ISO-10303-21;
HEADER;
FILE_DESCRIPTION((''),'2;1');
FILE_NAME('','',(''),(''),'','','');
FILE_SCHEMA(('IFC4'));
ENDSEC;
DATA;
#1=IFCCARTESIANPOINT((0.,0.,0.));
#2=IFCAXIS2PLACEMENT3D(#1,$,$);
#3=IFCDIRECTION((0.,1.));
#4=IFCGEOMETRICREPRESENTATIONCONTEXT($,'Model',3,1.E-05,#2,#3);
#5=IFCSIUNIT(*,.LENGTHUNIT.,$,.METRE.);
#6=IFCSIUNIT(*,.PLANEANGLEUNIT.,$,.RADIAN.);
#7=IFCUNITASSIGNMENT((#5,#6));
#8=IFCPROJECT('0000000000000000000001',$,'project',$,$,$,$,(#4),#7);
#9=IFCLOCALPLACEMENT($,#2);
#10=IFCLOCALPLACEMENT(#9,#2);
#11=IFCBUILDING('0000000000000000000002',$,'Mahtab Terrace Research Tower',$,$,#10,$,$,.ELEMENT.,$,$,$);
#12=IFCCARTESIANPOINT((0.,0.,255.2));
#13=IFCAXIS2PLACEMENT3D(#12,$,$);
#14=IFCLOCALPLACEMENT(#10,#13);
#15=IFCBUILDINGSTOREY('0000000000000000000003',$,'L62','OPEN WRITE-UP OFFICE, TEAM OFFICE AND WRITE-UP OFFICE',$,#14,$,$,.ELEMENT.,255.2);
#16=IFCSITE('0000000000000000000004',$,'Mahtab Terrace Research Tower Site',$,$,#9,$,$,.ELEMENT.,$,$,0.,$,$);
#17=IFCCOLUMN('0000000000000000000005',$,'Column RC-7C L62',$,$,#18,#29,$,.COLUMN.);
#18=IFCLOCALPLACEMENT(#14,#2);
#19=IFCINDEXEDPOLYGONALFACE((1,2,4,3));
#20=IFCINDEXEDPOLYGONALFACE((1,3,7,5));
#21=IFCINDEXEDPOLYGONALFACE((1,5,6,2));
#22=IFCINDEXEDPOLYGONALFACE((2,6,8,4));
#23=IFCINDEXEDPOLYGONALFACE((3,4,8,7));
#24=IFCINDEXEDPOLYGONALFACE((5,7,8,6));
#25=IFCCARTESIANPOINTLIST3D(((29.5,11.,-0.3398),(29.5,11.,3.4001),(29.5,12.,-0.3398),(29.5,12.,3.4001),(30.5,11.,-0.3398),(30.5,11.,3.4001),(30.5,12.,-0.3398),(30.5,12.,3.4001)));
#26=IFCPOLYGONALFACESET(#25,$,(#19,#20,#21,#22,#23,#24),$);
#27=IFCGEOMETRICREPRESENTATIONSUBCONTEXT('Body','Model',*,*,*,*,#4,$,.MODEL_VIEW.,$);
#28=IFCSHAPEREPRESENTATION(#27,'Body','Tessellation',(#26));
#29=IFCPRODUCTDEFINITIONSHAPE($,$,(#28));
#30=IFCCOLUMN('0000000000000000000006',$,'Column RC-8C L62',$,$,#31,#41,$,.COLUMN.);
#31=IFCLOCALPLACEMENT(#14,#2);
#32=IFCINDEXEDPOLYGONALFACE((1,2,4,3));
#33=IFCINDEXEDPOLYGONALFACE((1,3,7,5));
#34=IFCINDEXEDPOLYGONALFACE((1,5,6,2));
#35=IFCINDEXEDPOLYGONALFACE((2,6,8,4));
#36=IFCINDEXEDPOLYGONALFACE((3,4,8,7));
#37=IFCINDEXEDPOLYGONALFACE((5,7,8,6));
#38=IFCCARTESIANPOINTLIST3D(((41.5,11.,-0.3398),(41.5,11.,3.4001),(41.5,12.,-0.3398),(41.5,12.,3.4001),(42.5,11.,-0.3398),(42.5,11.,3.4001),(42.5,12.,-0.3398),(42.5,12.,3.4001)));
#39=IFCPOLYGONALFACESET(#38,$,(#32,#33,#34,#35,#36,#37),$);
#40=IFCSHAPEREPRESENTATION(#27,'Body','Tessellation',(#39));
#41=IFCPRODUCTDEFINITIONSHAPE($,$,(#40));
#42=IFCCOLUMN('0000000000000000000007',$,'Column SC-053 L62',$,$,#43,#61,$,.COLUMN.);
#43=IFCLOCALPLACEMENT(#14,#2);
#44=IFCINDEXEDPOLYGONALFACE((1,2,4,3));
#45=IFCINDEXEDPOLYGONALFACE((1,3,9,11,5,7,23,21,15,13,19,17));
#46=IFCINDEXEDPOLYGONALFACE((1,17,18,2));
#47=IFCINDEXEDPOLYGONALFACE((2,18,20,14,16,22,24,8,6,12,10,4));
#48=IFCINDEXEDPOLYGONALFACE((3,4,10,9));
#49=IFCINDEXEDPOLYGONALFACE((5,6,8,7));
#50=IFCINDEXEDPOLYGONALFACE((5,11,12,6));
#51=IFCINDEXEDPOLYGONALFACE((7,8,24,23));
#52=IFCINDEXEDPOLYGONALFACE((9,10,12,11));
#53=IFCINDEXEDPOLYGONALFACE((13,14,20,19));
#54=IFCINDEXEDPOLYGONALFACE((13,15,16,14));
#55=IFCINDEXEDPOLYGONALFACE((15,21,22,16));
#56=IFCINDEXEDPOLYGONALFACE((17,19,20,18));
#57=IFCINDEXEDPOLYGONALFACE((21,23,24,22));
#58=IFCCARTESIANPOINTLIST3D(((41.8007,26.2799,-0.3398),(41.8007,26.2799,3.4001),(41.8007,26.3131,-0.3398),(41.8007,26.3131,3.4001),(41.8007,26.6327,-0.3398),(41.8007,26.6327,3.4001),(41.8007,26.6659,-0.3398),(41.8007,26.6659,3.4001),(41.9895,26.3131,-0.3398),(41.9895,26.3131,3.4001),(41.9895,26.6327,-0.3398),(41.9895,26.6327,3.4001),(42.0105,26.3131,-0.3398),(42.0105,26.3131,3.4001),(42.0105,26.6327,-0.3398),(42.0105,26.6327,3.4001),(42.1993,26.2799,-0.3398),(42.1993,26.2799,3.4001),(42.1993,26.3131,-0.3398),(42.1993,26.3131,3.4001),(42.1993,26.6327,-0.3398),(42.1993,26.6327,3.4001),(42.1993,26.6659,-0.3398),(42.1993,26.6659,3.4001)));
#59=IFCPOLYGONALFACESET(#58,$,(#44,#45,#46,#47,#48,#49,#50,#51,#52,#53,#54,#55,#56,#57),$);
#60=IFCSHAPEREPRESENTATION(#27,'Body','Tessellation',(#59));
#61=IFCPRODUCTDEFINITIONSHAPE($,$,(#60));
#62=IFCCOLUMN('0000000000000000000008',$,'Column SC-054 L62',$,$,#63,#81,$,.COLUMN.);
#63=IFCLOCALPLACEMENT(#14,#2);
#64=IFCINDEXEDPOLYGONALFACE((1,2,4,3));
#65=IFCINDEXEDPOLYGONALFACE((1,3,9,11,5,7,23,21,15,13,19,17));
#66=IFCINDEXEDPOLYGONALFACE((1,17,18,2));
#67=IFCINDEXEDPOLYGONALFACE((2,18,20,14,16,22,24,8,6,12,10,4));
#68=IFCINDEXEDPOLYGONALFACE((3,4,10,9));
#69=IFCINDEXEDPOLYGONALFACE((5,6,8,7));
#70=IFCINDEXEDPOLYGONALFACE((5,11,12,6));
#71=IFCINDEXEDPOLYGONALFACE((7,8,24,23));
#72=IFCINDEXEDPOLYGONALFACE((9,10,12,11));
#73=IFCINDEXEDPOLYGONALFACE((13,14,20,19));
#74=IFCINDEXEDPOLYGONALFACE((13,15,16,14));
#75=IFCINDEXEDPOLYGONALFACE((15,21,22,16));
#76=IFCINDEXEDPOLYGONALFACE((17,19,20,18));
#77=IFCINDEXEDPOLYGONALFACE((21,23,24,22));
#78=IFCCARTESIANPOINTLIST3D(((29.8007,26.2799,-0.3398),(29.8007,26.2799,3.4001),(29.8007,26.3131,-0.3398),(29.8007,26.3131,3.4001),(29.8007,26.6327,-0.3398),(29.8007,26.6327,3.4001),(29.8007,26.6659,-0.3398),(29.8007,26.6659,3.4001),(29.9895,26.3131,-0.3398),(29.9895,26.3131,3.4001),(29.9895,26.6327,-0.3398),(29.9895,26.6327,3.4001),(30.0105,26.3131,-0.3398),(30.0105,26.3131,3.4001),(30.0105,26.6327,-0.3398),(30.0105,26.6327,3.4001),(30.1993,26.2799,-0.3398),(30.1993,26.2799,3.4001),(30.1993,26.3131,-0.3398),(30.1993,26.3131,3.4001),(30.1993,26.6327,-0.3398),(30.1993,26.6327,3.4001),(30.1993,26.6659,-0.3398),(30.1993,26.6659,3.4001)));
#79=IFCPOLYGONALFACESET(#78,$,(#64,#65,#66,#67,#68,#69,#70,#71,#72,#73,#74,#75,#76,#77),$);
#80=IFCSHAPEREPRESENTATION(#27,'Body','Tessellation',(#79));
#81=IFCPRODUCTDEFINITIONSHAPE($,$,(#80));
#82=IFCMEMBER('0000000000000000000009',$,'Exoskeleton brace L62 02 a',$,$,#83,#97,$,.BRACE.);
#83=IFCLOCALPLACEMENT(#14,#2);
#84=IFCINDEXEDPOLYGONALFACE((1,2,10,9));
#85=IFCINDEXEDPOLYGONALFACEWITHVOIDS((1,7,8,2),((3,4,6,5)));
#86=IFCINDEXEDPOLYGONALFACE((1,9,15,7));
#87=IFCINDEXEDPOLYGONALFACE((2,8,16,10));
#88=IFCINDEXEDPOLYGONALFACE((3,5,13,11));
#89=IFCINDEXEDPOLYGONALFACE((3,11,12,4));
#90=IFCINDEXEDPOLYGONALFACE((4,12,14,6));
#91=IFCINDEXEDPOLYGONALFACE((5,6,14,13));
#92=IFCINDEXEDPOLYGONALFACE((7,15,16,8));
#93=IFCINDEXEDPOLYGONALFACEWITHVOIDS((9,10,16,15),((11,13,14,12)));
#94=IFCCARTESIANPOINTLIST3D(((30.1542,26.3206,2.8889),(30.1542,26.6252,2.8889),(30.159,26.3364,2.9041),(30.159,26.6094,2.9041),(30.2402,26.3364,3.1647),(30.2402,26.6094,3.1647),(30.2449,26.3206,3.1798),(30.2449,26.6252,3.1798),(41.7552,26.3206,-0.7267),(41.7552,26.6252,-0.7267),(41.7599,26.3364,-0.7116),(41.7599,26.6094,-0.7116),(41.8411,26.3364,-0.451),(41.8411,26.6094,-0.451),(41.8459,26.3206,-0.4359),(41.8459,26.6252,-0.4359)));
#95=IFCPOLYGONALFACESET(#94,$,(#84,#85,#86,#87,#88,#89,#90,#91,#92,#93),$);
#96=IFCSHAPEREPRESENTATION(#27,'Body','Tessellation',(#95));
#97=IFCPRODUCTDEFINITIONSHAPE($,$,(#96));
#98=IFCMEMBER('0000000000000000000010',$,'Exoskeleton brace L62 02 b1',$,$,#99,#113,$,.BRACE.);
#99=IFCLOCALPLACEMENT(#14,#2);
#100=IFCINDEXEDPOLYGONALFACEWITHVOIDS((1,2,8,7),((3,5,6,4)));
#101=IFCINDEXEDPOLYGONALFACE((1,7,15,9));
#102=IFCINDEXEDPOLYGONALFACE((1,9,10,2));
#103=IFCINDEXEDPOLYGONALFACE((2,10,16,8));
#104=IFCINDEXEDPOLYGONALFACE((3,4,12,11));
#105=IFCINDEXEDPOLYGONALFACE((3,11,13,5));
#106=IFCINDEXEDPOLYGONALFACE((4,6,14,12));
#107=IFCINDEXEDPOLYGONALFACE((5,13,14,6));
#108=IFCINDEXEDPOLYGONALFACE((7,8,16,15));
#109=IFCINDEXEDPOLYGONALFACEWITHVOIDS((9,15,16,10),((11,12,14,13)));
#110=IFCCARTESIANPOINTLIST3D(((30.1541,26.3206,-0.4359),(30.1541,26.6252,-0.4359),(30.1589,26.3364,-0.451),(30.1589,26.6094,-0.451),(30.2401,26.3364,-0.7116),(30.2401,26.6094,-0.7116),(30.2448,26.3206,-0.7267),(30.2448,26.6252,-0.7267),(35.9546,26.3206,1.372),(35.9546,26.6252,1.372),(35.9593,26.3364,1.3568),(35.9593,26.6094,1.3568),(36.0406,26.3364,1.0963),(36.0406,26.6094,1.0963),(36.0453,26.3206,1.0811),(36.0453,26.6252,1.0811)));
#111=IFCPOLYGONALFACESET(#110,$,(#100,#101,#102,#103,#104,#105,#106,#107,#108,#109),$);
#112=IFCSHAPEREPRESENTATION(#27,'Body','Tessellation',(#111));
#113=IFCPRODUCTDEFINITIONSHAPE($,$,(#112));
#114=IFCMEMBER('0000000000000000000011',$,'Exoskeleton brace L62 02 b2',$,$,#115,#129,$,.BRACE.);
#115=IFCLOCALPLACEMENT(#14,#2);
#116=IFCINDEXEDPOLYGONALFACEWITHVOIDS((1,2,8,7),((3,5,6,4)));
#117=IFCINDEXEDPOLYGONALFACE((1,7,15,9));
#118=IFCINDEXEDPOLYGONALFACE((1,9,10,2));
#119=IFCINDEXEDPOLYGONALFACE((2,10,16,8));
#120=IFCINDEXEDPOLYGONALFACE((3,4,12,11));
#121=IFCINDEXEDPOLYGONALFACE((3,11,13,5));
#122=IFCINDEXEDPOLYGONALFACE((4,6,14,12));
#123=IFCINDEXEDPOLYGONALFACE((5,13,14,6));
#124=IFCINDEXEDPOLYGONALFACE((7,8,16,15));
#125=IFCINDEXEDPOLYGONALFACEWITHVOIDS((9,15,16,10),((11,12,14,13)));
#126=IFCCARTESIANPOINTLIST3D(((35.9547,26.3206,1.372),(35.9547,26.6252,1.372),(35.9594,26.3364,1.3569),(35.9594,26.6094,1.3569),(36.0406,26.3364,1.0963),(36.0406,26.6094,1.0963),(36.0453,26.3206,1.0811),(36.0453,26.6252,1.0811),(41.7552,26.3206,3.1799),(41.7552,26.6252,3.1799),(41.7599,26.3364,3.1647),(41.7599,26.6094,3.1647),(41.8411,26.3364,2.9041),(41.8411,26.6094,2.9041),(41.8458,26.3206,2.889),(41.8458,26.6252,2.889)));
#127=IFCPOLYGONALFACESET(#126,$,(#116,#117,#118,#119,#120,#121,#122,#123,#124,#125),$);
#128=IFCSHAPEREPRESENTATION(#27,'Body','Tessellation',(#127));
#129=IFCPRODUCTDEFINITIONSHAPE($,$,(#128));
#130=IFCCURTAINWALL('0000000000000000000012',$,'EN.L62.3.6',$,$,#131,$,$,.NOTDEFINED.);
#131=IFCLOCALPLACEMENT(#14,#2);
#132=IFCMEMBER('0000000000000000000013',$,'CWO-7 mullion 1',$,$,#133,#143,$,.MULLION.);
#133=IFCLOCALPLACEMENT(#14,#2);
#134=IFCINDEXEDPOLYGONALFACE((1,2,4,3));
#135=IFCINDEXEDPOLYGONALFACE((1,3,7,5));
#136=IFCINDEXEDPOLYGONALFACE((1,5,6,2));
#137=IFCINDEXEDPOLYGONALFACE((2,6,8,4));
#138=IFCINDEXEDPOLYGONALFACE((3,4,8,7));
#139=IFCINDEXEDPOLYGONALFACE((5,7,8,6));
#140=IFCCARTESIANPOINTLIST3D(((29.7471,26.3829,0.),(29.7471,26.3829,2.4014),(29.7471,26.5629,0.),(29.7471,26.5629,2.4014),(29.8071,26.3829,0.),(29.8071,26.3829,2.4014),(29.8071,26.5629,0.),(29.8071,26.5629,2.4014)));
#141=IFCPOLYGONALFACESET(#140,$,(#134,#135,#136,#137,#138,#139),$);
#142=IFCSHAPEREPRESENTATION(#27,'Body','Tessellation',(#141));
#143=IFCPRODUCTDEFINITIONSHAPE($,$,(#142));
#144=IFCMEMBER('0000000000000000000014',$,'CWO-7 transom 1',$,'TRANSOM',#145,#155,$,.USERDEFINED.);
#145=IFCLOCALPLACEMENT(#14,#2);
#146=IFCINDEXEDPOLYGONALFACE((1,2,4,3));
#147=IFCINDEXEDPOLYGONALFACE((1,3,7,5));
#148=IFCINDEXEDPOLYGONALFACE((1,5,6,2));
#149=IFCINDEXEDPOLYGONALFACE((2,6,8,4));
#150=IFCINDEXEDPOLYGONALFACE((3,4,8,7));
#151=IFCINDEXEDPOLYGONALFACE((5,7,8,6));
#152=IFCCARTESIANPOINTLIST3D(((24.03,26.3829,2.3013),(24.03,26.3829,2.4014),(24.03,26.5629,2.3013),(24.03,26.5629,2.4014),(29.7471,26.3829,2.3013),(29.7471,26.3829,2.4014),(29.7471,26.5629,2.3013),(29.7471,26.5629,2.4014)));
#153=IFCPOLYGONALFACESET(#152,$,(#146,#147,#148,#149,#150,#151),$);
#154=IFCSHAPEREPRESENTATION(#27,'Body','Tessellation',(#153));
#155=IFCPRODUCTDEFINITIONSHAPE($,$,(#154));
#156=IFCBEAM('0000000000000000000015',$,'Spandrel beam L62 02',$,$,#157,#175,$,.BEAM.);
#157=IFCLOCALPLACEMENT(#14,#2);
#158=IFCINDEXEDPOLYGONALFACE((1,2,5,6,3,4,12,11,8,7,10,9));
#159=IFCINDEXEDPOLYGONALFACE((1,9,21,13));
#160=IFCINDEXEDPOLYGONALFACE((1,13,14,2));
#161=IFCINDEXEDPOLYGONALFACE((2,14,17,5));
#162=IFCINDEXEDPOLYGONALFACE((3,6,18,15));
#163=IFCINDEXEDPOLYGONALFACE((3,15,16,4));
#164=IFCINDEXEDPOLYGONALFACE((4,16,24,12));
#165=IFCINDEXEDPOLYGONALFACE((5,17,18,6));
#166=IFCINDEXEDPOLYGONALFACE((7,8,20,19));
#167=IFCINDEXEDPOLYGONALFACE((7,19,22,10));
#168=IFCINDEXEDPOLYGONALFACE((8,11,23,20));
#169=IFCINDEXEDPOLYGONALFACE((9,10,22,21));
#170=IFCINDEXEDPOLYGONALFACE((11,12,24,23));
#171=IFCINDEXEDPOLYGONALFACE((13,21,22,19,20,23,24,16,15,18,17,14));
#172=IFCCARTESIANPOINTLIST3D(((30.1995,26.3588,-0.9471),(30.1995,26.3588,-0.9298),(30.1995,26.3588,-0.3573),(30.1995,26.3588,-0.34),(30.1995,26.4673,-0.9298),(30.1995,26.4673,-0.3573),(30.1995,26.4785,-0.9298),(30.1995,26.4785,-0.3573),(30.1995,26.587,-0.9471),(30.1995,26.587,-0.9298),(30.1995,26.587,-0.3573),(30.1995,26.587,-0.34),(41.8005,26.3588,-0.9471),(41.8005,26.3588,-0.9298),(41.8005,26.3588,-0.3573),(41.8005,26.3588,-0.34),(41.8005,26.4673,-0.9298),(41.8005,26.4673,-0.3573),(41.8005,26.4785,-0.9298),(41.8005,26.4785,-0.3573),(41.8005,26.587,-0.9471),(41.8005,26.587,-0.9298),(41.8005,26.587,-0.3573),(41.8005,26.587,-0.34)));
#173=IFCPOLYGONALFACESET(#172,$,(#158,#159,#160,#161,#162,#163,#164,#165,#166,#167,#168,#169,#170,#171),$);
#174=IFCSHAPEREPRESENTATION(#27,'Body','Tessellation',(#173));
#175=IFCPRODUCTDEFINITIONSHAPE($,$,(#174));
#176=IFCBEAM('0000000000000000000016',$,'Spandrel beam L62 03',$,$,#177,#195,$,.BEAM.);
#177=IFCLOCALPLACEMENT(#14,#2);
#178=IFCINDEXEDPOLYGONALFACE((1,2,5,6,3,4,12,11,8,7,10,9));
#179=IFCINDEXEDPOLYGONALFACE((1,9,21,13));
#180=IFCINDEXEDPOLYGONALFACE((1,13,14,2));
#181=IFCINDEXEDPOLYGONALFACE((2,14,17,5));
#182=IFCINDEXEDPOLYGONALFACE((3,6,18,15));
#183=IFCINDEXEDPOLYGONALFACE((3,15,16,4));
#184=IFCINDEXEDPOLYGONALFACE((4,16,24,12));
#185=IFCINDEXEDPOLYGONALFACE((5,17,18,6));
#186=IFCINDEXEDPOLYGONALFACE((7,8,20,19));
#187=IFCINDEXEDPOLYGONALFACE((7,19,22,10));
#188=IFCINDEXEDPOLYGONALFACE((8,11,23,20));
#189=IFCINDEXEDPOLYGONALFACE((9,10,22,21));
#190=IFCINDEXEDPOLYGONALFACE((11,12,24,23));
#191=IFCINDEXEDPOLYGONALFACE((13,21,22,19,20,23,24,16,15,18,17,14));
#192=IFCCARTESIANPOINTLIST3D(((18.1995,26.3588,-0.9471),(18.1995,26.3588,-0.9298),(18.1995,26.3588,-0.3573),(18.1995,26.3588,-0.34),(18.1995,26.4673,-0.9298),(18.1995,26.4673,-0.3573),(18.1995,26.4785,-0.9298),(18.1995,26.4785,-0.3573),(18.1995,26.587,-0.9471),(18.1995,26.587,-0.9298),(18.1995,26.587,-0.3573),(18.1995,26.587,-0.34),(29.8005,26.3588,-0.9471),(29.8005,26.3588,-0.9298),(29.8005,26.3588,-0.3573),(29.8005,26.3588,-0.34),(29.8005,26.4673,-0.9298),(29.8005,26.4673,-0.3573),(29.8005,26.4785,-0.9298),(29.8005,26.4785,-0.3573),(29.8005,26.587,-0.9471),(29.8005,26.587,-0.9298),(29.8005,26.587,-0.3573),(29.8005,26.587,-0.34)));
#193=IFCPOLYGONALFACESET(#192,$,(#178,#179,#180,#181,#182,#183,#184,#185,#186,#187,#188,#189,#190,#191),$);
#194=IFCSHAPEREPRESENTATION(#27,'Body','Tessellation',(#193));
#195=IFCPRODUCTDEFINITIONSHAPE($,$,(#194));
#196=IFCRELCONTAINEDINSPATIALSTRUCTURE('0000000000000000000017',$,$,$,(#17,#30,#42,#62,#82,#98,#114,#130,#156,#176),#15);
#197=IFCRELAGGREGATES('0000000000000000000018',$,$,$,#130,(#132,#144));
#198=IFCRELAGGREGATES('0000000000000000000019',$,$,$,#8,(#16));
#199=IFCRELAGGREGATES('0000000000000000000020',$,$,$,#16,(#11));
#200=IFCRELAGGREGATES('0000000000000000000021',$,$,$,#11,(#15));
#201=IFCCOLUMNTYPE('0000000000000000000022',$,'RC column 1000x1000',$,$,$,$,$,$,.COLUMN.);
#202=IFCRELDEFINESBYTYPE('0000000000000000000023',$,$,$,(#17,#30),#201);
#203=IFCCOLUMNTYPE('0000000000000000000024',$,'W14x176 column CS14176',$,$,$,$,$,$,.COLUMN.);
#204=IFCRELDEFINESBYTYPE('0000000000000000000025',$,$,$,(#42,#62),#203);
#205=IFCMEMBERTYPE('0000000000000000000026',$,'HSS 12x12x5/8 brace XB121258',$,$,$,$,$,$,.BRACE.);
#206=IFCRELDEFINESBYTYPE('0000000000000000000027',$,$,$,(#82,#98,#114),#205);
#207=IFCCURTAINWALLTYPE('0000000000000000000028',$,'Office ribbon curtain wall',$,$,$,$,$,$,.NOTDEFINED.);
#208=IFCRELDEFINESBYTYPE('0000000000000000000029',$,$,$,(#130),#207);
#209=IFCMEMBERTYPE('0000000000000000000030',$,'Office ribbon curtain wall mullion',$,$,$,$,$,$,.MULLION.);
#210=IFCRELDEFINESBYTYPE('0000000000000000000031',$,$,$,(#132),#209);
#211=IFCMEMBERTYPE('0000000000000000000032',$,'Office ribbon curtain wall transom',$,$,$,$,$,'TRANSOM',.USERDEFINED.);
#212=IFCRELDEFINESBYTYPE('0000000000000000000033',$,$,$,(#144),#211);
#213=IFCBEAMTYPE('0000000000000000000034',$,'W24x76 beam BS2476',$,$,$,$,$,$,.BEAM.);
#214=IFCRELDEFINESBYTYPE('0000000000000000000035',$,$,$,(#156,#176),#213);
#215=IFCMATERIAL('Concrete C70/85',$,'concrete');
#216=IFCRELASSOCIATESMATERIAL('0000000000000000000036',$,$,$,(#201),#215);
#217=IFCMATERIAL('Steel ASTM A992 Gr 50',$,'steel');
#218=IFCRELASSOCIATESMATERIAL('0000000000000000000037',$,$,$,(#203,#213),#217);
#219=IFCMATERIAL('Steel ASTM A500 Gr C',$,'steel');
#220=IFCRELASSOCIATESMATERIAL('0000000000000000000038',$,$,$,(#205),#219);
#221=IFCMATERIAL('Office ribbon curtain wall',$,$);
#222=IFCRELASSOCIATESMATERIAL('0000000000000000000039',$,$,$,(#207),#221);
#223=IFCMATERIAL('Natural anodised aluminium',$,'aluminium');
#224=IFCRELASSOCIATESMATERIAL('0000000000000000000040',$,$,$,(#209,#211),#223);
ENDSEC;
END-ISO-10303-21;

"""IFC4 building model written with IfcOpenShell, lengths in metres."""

from ifc_helpers import new_model, si_unit, direction, frame, origin, origin_2d, place, context, subcontext, project, spatial, rectangle, hollow_rectangle, i_section, extrude, material, material_profile, profile_set, type_object, element, aggregate, save


model = new_model("IFC4")

# Units and contexts
model_context = context("Model", 3, precision=1e-05, world=origin(), true_north=direction((0.0, 1.0)))
body_context = subcontext(model_context, "Body", "Model", "MODEL_VIEW")
ifc_project = project(units=[si_unit("LENGTHUNIT", "METRE"), si_unit("PLANEANGLEUNIT", "RADIAN")], contexts=[model_context])

# Site, building, storey
site_placement = place(None, origin())
site = spatial("IfcSite", under=ifc_project, at=site_placement, Name="Mahtab Terrace Research Tower Site", CompositionType="ELEMENT", RefElevation=0.0)
building_placement = place(site_placement, origin())
building = spatial("IfcBuilding", under=site, at=building_placement, Name="Mahtab Terrace Research Tower", CompositionType="ELEMENT")
storey_placement = place(building_placement, frame((0.0, 0.0, 255.2)))
storey = spatial("IfcBuildingStorey", under=building, at=storey_placement, Name="L62", Description="OPEN WRITE-UP OFFICE, TEAM OFFICE AND WRITE-UP OFFICE", CompositionType="ELEMENT", Elevation=255.2)

# Columns
ifc_material_1 = material(Name="Concrete C70/85", Category="concrete")
ifc_material_profile_1 = material_profile(ifc_material_1, rectangle(XDim=1.0, YDim=1.0, at=origin_2d()), Name="RC column 1000x1000")
ifc_profile_set_1 = profile_set([ifc_material_profile_1], Name="Concrete C70/85")
column_type_1 = type_object("IfcColumnType", Name="RC column 1000x1000", PredefinedType="COLUMN", material=ifc_profile_set_1)
for number, where, z_axis, x_axis, name in (
    (1, (30.0, 11.5, -0.3398), (0.0, 0.0, 1.0), (1.0, 0.0, 0.0), "Column RC-7C L62"),
    (2, (42.0, 11.5, -0.3398), (0.0, 0.0, 1.0), (1.0, 0.0, 0.0), "Column RC-8C L62"),
):
    element("IfcColumn", number, at=place(storey_placement, frame(where, z_axis=z_axis, x_axis=x_axis)), inside=storey, type_object=column_type_1, Name=name, PredefinedType="COLUMN", context=body_context, shape_type="SweptSolid", body=[
        extrude(rectangle(XDim=1.0, YDim=1.0, at=origin_2d()), origin(), (0.0, 0.0, 1.0), 3.74),
    ])
ifc_material_2 = material(Name="Steel ASTM A992 Gr 50", Category="steel")
ifc_material_profile_2 = material_profile(ifc_material_2, i_section(OverallWidth=0.3987, OverallDepth=0.386, WebThickness=0.021, FlangeThickness=0.0332, at=origin_2d()), Name="W14X176")
ifc_profile_set_2 = profile_set([ifc_material_profile_2], Name="Steel ASTM A992 Gr 50")
column_type_2 = type_object("IfcColumnType", Name="W14x176 column CS14176", PredefinedType="COLUMN", material=ifc_profile_set_2)
for number, where, z_axis, x_axis, name in (
    (3, (42.0, 26.4729, -0.3398), (0.0, 0.0, 1.0), (1.0, 0.0, 0.0), "Column SC-053 L62"),
    (4, (30.0, 26.4729, -0.3398), (0.0, 0.0, 1.0), (1.0, 0.0, 0.0), "Column SC-054 L62"),
):
    element("IfcColumn", number, at=place(storey_placement, frame(where, z_axis=z_axis, x_axis=x_axis)), inside=storey, type_object=column_type_2, Name=name, PredefinedType="COLUMN", context=body_context, shape_type="SweptSolid", body=[
        extrude(i_section(OverallWidth=0.3987, OverallDepth=0.386, WebThickness=0.021, FlangeThickness=0.0332, at=origin_2d()), origin(), (0.0, 0.0, 1.0), 3.74),
    ])

# Members
ifc_material_3 = material(Name="Steel ASTM A500 Gr C", Category="steel")
ifc_material_profile_3 = material_profile(ifc_material_3, hollow_rectangle(XDim=0.3047, YDim=0.3047, WallThickness=0.0159, at=origin_2d()), Name="HSS12X12X5/8")
ifc_profile_set_3 = profile_set([ifc_material_profile_3], Name="Steel ASTM A500 Gr C")
member_type_1 = type_object("IfcMemberType", Name="HSS 12x12x5/8 brace XB121258", PredefinedType="BRACE", material=ifc_profile_set_3)
member_1_placement = place(storey_placement, frame((41.8005, 26.4729, -0.5813), z_axis=(-0.954705, 0.0, 0.297554), x_axis=(0.0, -1.0, 0.0)))
element("IfcMember", 5, at=member_1_placement, inside=storey, type_object=member_type_1, Name="Exoskeleton brace L62 02 a", PredefinedType="BRACE", context=body_context, shape_type="SweptSolid", body=[
    extrude(hollow_rectangle(XDim=0.3047, YDim=0.3047, WallThickness=0.0159, at=origin_2d()), origin(), (0.0, 0.0, 1.0), 12.1514),
])
for number, where, z_axis, x_axis, name in (
    (6, (30.1995, 26.4729, -0.5813), (0.954705, 0.0, 0.297554), (0.0, 1.0, 0.0), "Exoskeleton brace L62 02 b1"),
    (7, (36.0, 26.4729, 1.2266), (0.954705, 0.0, 0.297554), (0.0, 1.0, 0.0), "Exoskeleton brace L62 02 b2"),
):
    element("IfcMember", number, at=place(storey_placement, frame(where, z_axis=z_axis, x_axis=x_axis)), inside=storey, type_object=member_type_1, Name=name, PredefinedType="BRACE", context=body_context, shape_type="SweptSolid", body=[
        extrude(hollow_rectangle(XDim=0.3047, YDim=0.3047, WallThickness=0.0159, at=origin_2d()), origin(), (0.0, 0.0, 1.0), 6.0757),
    ])

# Curtain wall, members
ifc_material_4 = material(Name="Office ribbon curtain wall")
curtain_wall_type = type_object("IfcCurtainWallType", Name="Office ribbon curtain wall", PredefinedType="NOTDEFINED", material=ifc_material_4)
curtain_wall_placement = place(storey_placement, origin())
curtain_wall = element("IfcCurtainWall", 8, at=curtain_wall_placement, inside=storey, type_object=curtain_wall_type, Name="EN.L62.3.6", PredefinedType="NOTDEFINED")
ifc_material_5 = material(Name="Natural anodised aluminium", Category="aluminium")
ifc_material_profile_4 = material_profile(ifc_material_5, rectangle(XDim=0.1799, YDim=0.0601, at=origin_2d()), Name="MULLION 60x180")
ifc_profile_set_4 = profile_set([ifc_material_profile_4], Name="Natural anodised aluminium")
member_type_2 = type_object("IfcMemberType", Name="Office ribbon curtain wall mullion", PredefinedType="MULLION", material=ifc_profile_set_4)
member_2_placement = place(storey_placement, frame((29.7771, 26.4729, 0.0), z_axis=(0.0, 0.0, 1.0), x_axis=(0.0, -1.0, 0.0)))
member_2 = element("IfcMember", 9, at=member_2_placement, type_object=member_type_2, Name="CWO-7 mullion 1", PredefinedType="MULLION", context=body_context, shape_type="SweptSolid", body=[
    extrude(rectangle(XDim=0.1799, YDim=0.0601, at=origin_2d()), origin(), (0.0, 0.0, 1.0), 2.4014),
])
ifc_material_profile_5 = material_profile(ifc_material_5, rectangle(XDim=0.1799, YDim=0.1001, at=origin_2d()), Name="TRANSOM 100x180")
ifc_profile_set_5 = profile_set([ifc_material_profile_5], Name="Natural anodised aluminium")
member_type_3 = type_object("IfcMemberType", Name="Office ribbon curtain wall transom", ElementType="TRANSOM", PredefinedType="USERDEFINED", material=ifc_profile_set_5)
member_3_placement = place(storey_placement, frame((29.7471, 26.4729, 2.3513), z_axis=(-1.0, 0.0, 0.0), x_axis=(0.0, -1.0, 0.0)))
member_3 = element("IfcMember", 10, at=member_3_placement, type_object=member_type_3, Name="CWO-7 transom 1", ObjectType="TRANSOM", PredefinedType="USERDEFINED", context=body_context, shape_type="SweptSolid", body=[
    extrude(rectangle(XDim=0.1799, YDim=0.1001, at=origin_2d()), origin(), (0.0, 0.0, 1.0), 5.717),
])

# Beams
ifc_material_profile_6 = material_profile(ifc_material_2, i_section(OverallWidth=0.2283, OverallDepth=0.6072, WebThickness=0.0112, FlangeThickness=0.0173, at=origin_2d()), Name="W24X76")
ifc_profile_set_6 = profile_set([ifc_material_profile_6], Name="Steel ASTM A992 Gr 50")
beam_type = type_object("IfcBeamType", Name="W24x76 beam BS2476", PredefinedType="BEAM", material=ifc_profile_set_6)
for number, where, z_axis, x_axis, name in (
    (11, (41.8005, 26.4729, -0.6436), (-1.0, 0.0, 0.0), (0.0, -1.0, 0.0), "Spandrel beam L62 02"),
    (12, (29.8005, 26.4729, -0.6436), (-1.0, 0.0, 0.0), (0.0, -1.0, 0.0), "Spandrel beam L62 03"),
):
    element("IfcBeam", number, at=place(storey_placement, frame(where, z_axis=z_axis, x_axis=x_axis)), inside=storey, type_object=beam_type, Name=name, PredefinedType="BEAM", context=body_context, shape_type="SweptSolid", body=[
        extrude(i_section(OverallWidth=0.2283, OverallDepth=0.6072, WebThickness=0.0112, FlangeThickness=0.0173, at=origin_2d()), origin(), (0.0, 0.0, 1.0), 11.6011),
    ])

aggregate(curtain_wall, [member_2, member_3])

save(model, "model.ifc")
